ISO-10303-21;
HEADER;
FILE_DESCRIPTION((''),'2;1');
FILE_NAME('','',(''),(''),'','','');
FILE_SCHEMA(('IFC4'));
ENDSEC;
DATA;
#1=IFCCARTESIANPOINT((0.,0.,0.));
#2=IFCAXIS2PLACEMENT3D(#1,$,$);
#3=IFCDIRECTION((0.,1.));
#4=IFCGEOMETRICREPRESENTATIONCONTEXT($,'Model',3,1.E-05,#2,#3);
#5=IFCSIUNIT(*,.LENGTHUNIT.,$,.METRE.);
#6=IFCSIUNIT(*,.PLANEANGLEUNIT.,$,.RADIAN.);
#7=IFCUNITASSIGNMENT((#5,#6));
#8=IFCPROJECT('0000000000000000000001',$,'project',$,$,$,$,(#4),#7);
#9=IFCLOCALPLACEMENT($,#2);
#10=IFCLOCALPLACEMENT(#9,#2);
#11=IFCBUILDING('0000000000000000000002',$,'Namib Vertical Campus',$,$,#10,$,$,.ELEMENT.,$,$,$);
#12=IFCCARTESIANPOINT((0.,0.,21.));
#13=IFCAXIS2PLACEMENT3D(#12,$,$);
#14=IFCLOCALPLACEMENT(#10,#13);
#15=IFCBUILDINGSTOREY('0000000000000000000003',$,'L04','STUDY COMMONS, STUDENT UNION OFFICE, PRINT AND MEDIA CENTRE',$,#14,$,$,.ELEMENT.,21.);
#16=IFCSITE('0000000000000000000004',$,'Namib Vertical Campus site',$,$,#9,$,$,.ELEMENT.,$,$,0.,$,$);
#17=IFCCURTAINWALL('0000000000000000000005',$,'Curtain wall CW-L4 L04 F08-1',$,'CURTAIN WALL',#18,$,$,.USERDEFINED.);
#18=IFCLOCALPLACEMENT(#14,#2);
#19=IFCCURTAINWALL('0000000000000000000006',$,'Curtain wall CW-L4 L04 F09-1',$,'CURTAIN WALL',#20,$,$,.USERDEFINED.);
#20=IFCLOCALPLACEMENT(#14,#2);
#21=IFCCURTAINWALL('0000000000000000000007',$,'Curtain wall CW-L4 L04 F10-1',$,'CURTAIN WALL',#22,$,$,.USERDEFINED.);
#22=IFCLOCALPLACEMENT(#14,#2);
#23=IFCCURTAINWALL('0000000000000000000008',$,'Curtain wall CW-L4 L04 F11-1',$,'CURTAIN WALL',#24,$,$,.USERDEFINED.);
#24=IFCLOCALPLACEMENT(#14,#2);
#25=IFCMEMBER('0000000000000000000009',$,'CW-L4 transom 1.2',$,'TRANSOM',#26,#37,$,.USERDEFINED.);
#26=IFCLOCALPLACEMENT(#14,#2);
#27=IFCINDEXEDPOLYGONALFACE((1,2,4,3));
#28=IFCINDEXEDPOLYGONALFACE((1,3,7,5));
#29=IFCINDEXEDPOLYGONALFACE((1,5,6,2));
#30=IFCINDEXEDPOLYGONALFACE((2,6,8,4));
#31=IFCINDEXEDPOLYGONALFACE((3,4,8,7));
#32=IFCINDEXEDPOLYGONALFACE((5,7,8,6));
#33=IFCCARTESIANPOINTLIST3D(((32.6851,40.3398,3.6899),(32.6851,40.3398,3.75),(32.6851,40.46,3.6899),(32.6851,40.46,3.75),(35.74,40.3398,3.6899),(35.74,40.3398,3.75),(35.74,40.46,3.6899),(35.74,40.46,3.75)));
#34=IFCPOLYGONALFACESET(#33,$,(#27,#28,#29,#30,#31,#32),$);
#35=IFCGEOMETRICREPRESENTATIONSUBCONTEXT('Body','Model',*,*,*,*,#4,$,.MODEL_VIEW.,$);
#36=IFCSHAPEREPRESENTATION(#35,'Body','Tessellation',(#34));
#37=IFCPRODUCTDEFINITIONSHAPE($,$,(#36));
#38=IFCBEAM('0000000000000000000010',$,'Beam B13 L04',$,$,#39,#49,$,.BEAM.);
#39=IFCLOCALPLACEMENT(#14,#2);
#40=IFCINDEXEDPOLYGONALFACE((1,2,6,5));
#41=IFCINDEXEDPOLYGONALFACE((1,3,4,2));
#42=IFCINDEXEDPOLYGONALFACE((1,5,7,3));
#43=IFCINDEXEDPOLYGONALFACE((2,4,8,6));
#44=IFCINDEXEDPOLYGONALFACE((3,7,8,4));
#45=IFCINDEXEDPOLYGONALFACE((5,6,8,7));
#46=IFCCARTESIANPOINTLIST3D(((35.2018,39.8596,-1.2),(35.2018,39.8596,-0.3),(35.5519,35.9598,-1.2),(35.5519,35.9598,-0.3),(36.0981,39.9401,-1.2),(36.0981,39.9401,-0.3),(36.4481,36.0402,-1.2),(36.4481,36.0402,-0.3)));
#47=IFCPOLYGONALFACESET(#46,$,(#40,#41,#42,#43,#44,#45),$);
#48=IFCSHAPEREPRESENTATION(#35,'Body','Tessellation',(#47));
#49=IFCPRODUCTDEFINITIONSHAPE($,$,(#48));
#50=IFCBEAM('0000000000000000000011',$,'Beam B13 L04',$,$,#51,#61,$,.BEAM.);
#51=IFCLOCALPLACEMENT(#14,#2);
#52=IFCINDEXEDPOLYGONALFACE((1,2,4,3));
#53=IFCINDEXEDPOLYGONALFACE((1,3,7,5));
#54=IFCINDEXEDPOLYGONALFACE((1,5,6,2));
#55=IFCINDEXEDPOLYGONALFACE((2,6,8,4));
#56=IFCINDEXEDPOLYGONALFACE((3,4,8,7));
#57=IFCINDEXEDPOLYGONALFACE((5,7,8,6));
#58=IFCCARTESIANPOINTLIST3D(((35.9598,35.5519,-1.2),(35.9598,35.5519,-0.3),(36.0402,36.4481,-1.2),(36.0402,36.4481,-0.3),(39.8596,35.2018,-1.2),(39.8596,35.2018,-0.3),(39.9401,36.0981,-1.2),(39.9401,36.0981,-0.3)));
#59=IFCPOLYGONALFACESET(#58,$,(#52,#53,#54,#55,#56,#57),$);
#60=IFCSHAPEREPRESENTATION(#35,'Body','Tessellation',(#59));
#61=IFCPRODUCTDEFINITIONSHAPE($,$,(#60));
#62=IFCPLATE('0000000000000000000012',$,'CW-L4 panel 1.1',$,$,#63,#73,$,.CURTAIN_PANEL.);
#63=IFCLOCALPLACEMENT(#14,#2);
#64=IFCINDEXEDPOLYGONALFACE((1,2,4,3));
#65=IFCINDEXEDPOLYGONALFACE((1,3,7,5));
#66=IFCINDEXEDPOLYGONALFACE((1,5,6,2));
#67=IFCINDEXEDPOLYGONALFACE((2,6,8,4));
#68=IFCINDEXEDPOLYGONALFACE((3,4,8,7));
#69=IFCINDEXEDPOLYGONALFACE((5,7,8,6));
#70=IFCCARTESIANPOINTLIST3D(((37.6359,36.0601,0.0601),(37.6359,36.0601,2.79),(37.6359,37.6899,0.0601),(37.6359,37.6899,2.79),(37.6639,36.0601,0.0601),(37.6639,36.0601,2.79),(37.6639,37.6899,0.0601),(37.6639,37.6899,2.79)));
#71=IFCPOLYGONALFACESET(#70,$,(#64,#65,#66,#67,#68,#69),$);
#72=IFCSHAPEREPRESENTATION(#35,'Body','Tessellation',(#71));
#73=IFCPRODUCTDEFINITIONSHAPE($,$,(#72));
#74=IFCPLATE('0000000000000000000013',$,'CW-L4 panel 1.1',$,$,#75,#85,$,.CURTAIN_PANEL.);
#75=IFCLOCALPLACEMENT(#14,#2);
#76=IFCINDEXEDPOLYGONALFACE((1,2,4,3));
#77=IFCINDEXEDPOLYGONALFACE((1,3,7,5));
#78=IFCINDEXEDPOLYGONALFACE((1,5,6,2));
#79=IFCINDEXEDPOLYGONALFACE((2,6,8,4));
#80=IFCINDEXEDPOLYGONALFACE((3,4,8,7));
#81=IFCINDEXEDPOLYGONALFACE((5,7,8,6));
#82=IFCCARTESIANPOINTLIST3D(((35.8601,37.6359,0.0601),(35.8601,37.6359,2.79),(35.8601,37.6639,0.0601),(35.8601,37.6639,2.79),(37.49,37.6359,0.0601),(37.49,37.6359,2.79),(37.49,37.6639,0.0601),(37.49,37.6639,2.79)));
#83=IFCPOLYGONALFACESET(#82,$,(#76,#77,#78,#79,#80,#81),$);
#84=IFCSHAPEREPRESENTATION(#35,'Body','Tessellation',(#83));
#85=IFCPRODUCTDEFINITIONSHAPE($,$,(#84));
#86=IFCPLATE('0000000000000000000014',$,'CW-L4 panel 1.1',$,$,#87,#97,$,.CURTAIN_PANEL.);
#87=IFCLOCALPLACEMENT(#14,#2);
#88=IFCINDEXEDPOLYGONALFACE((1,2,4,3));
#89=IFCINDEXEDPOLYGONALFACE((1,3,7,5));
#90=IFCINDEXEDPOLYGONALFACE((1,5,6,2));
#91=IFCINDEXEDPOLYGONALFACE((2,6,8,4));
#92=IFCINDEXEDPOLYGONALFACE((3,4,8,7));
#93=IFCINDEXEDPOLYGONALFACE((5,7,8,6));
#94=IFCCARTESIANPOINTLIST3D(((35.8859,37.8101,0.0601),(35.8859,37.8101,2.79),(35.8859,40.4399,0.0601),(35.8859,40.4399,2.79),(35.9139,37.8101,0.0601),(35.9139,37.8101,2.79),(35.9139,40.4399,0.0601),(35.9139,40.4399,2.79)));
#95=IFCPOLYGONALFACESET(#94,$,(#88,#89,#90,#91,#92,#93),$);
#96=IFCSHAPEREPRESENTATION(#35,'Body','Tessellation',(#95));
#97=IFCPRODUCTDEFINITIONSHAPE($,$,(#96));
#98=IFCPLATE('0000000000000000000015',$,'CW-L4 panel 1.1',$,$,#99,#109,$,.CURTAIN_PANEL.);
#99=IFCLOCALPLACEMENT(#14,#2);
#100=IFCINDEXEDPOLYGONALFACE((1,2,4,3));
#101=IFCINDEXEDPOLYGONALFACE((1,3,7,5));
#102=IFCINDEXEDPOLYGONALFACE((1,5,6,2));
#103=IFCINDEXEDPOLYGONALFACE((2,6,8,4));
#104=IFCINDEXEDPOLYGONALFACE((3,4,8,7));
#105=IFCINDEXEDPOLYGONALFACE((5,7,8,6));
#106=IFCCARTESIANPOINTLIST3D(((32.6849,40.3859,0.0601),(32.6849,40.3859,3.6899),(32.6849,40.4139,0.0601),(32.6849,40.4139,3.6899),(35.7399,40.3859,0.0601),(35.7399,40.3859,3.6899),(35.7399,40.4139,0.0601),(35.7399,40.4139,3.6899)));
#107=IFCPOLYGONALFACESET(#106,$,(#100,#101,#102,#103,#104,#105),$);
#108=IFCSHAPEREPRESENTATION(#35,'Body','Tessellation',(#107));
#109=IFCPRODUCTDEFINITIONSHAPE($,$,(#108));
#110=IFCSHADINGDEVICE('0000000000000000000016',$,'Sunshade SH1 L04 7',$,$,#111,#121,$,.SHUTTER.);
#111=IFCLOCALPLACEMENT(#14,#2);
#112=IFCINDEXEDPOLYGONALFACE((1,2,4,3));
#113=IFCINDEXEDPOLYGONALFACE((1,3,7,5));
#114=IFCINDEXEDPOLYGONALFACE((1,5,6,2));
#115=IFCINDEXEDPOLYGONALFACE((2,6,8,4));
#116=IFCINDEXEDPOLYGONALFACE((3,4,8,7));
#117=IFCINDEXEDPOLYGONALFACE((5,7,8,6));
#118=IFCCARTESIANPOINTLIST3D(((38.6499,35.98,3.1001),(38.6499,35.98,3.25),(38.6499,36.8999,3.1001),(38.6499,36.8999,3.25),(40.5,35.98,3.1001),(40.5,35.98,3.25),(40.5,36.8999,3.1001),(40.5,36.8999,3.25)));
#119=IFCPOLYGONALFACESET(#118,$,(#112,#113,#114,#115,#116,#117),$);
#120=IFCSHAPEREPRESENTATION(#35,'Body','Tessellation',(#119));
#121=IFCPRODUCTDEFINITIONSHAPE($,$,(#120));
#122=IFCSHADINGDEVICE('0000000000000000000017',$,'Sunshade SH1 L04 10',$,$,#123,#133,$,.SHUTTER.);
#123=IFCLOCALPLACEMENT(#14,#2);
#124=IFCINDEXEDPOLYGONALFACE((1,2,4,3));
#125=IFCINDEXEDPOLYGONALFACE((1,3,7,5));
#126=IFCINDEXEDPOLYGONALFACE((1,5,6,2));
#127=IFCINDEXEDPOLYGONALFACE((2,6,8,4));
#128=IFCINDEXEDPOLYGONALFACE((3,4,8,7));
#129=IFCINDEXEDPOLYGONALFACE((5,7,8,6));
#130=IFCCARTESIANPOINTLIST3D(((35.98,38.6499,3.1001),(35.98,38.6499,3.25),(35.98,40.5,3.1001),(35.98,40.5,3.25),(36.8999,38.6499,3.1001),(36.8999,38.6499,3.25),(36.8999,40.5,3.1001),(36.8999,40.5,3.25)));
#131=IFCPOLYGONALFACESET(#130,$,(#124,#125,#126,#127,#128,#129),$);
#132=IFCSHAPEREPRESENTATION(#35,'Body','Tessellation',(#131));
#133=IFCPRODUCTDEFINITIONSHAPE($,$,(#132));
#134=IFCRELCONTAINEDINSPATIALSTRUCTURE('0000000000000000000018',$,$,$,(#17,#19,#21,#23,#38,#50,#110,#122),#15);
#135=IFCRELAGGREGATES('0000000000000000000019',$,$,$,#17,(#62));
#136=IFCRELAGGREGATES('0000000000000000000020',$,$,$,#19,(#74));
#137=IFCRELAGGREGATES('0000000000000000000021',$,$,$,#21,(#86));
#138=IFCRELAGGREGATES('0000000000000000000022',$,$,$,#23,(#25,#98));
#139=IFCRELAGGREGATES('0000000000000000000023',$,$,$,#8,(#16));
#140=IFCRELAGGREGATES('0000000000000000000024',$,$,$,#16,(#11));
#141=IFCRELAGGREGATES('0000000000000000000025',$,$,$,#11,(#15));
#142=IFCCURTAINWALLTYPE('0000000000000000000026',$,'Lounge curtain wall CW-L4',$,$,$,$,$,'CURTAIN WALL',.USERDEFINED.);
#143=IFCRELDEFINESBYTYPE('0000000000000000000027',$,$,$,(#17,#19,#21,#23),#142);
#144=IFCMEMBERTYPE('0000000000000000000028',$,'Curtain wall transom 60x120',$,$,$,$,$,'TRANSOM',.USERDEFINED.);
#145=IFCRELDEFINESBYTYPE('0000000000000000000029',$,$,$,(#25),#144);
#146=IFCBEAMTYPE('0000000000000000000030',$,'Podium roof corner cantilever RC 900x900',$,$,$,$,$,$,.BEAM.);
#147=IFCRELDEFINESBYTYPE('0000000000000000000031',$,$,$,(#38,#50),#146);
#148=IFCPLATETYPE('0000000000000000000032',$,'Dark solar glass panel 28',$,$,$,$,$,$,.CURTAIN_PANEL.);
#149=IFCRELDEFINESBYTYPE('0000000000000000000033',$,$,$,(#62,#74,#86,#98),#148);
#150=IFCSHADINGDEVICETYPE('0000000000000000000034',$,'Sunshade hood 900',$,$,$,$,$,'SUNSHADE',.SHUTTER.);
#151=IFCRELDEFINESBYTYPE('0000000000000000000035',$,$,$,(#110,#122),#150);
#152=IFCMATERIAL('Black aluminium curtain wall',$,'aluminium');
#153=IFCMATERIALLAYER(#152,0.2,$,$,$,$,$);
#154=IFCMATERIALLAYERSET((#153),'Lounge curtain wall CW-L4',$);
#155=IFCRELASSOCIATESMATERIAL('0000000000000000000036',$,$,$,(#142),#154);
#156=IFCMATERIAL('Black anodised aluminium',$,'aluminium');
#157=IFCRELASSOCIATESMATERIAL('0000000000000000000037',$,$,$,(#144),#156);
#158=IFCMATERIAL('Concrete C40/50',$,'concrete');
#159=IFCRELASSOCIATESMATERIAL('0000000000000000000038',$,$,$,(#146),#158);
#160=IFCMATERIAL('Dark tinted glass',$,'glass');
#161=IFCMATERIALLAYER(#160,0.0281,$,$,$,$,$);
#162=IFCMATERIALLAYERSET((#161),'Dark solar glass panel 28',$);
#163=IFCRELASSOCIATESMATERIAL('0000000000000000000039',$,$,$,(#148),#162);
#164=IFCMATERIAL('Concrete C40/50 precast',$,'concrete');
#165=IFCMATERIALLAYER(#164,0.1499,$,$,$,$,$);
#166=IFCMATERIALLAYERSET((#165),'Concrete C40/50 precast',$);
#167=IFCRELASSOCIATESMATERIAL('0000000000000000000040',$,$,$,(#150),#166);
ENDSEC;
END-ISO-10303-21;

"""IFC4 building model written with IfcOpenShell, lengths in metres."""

from ifc_helpers import new_model, si_unit, direction, frame, origin, origin_2d, place, context, subcontext, project, spatial, rectangle, extrude, material, layer, layer_set, material_profile, profile_set, type_object, element, aggregate, save


model = new_model("IFC4")

# Units and contexts
model_context = context("Model", 3, precision=1e-05, world=origin(), true_north=direction((0.0, 1.0)))
body_context = subcontext(model_context, "Body", "Model", "MODEL_VIEW")
ifc_project = project(units=[si_unit("LENGTHUNIT", "METRE"), si_unit("PLANEANGLEUNIT", "RADIAN")], contexts=[model_context])

# Site, building, storey
site_placement = place(None, origin())
site = spatial("IfcSite", under=ifc_project, at=site_placement, Name="Namib Vertical Campus site", CompositionType="ELEMENT", RefElevation=0.0)
building_placement = place(site_placement, origin())
building = spatial("IfcBuilding", under=site, at=building_placement, Name="Namib Vertical Campus", CompositionType="ELEMENT")
storey_placement = place(building_placement, frame((0.0, 0.0, 21.0)))
storey = spatial("IfcBuildingStorey", under=building, at=storey_placement, Name="L04", Description="STUDY COMMONS, STUDENT UNION OFFICE, PRINT AND MEDIA CENTRE", CompositionType="ELEMENT", Elevation=21.0)

# Curtain walls
ifc_material_1 = material(Name="Black aluminium curtain wall", Category="aluminium")
ifc_layer_1 = layer(ifc_material_1, 0.2)
ifc_layer_set_1 = layer_set([ifc_layer_1], Name="Lounge curtain wall CW-L4")
curtain_wall_type = type_object("IfcCurtainWallType", Name="Lounge curtain wall CW-L4", ElementType="CURTAIN WALL", PredefinedType="USERDEFINED", material=ifc_layer_set_1)
curtain_wall_1_placement = place(storey_placement, origin())
curtain_wall_1 = element("IfcCurtainWall", 1, at=curtain_wall_1_placement, inside=storey, type_object=curtain_wall_type, Name="Curtain wall CW-L4 L04 F08-1", ObjectType="CURTAIN WALL", PredefinedType="USERDEFINED")
curtain_wall_2_placement = place(storey_placement, origin())
curtain_wall_2 = element("IfcCurtainWall", 2, at=curtain_wall_2_placement, inside=storey, type_object=curtain_wall_type, Name="Curtain wall CW-L4 L04 F09-1", ObjectType="CURTAIN WALL", PredefinedType="USERDEFINED")
curtain_wall_3_placement = place(storey_placement, origin())
curtain_wall_3 = element("IfcCurtainWall", 3, at=curtain_wall_3_placement, inside=storey, type_object=curtain_wall_type, Name="Curtain wall CW-L4 L04 F10-1", ObjectType="CURTAIN WALL", PredefinedType="USERDEFINED")
curtain_wall_4_placement = place(storey_placement, origin())
curtain_wall_4 = element("IfcCurtainWall", 4, at=curtain_wall_4_placement, inside=storey, type_object=curtain_wall_type, Name="Curtain wall CW-L4 L04 F11-1", ObjectType="CURTAIN WALL", PredefinedType="USERDEFINED")

# Member
ifc_material_2 = material(Name="Black anodised aluminium", Category="aluminium")
ifc_material_profile_1 = material_profile(ifc_material_2, rectangle(XDim=0.0601, YDim=0.1201, at=origin_2d()))
ifc_profile_set_1 = profile_set([ifc_material_profile_1], Name="Black anodised aluminium")
member_type_1 = type_object("IfcMemberType", Name="Curtain wall transom 60x120", ElementType="TRANSOM", PredefinedType="USERDEFINED", material=ifc_profile_set_1)
member_1_placement = place(storey_placement, frame((35.74, 40.3999, 3.72), z_axis=(-1.0, 0.0, 0.0), x_axis=(0.0, 0.0, 1.0)))
member_1 = element("IfcMember", 5, at=member_1_placement, type_object=member_type_1, Name="CW-L4 transom 1.2", ObjectType="TRANSOM", PredefinedType="USERDEFINED", context=body_context, shape_type="SweptSolid", body=[
    extrude(rectangle(XDim=0.0601, YDim=0.1201, at=origin_2d()), origin(), (0.0, 0.0, 1.0), 3.0549),
])

# Beams
ifc_material_3 = material(Name="Concrete C40/50", Category="concrete")
ifc_material_profile_2 = material_profile(ifc_material_3, rectangle(XDim=0.8999, YDim=0.8999, at=origin_2d()))
ifc_profile_set_2 = profile_set([ifc_material_profile_2], Name="Concrete C40/50")
beam_type = type_object("IfcBeamType", Name="Podium roof corner cantilever RC 900x900", PredefinedType="BEAM", material=ifc_profile_set_2)
for number, where, z_axis, x_axis, name in (
    (6, (36.0, 36.0, -0.75), (-0.089411, 0.995995, 0.0), (-0.995995, -0.089411, 0.0), "Beam B13 L04"),
    (7, (36.0, 36.0, -0.75), (0.995995, -0.089411, 0.0), (0.089411, 0.995995, 0.0), "Beam B13 L04"),
):
    element("IfcBeam", number, at=place(storey_placement, frame(where, z_axis=z_axis, x_axis=x_axis)), inside=storey, type_object=beam_type, Name=name, PredefinedType="BEAM", context=body_context, shape_type="SweptSolid", body=[
        extrude(rectangle(XDim=0.8999, YDim=0.8999, at=origin_2d()), origin(), (0.0, 0.0, 1.0), 3.9155),
    ])

# Plates
ifc_material_4 = material(Name="Dark tinted glass", Category="glass")
ifc_layer_2 = layer(ifc_material_4, 0.0281)
ifc_layer_set_2 = layer_set([ifc_layer_2], Name="Dark solar glass panel 28")
plate_type = type_object("IfcPlateType", Name="Dark solar glass panel 28", PredefinedType="CURTAIN_PANEL", material=ifc_layer_set_2)
plate_1_placement = place(storey_placement, frame((37.6499, 36.875, 0.0601), z_axis=(0.0, 0.0, 1.0), x_axis=(0.0, 1.0, 0.0)))
plate_1 = element("IfcPlate", 8, at=plate_1_placement, type_object=plate_type, Name="CW-L4 panel 1.1", PredefinedType="CURTAIN_PANEL", context=body_context, shape_type="SweptSolid", body=[
    extrude(rectangle(XDim=1.6299, YDim=0.0281, at=origin_2d()), origin(), (0.0, 0.0, 1.0), 2.73),
])
aggregate(curtain_wall_1, [plate_1])
plate_2_placement = place(storey_placement, frame((36.675, 37.6499, 0.0601), z_axis=(0.0, 0.0, 1.0), x_axis=(-1.0, 0.0, 0.0)))
plate_2 = element("IfcPlate", 9, at=plate_2_placement, type_object=plate_type, Name="CW-L4 panel 1.1", PredefinedType="CURTAIN_PANEL", context=body_context, shape_type="SweptSolid", body=[
    extrude(rectangle(XDim=1.6299, YDim=0.0281, at=origin_2d()), origin(), (0.0, 0.0, 1.0), 2.73),
])
aggregate(curtain_wall_2, [plate_2])
plate_3_placement = place(storey_placement, frame((35.8999, 39.125, 0.0601), z_axis=(0.0, 0.0, 1.0), x_axis=(0.0, 1.0, 0.0)))
plate_3 = element("IfcPlate", 10, at=plate_3_placement, type_object=plate_type, Name="CW-L4 panel 1.1", PredefinedType="CURTAIN_PANEL", context=body_context, shape_type="SweptSolid", body=[
    extrude(rectangle(XDim=2.6299, YDim=0.0281, at=origin_2d()), origin(), (0.0, 0.0, 1.0), 2.73),
])
aggregate(curtain_wall_3, [plate_3])
plate_4_placement = place(storey_placement, frame((34.2124, 40.3999, 0.0601), z_axis=(0.0, 0.0, 1.0), x_axis=(-1.0, 0.0, 0.0)))
plate_4 = element("IfcPlate", 11, at=plate_4_placement, type_object=plate_type, Name="CW-L4 panel 1.1", PredefinedType="CURTAIN_PANEL", context=body_context, shape_type="SweptSolid", body=[
    extrude(rectangle(XDim=3.0549, YDim=0.0281, at=origin_2d()), origin(), (0.0, 0.0, 1.0), 3.6299),
])
aggregate(curtain_wall_4, [member_1, plate_4])

# Shading devices
ifc_material_5 = material(Name="Concrete C40/50 precast", Category="concrete")
ifc_layer_3 = layer(ifc_material_5, 0.1499)
ifc_layer_set_3 = layer_set([ifc_layer_3], Name="Concrete C40/50 precast")
shading_device_type = type_object("IfcShadingDeviceType", Name="Sunshade hood 900", ElementType="SUNSHADE", PredefinedType="SHUTTER", material=ifc_layer_set_3)
for number, where, z_axis, x_axis, name in (
    (12, (39.575, 36.4399, 3.1001), (0.0, 0.0, 1.0), (-1.0, 0.0, 0.0), "Sunshade SH1 L04 7"),
    (13, (36.4399, 39.575, 3.1001), (0.0, 0.0, 1.0), (0.0, 1.0, 0.0), "Sunshade SH1 L04 10"),
):
    element("IfcShadingDevice", number, at=place(storey_placement, frame(where, z_axis=z_axis, x_axis=x_axis)), inside=storey, type_object=shading_device_type, Name=name, PredefinedType="SHUTTER", context=body_context, shape_type="SweptSolid", body=[
        extrude(rectangle(XDim=1.8501, YDim=0.9199, at=origin_2d()), origin(), (0.0, 0.0, 1.0), 0.1499),
    ])

save(model, "model.ifc")
